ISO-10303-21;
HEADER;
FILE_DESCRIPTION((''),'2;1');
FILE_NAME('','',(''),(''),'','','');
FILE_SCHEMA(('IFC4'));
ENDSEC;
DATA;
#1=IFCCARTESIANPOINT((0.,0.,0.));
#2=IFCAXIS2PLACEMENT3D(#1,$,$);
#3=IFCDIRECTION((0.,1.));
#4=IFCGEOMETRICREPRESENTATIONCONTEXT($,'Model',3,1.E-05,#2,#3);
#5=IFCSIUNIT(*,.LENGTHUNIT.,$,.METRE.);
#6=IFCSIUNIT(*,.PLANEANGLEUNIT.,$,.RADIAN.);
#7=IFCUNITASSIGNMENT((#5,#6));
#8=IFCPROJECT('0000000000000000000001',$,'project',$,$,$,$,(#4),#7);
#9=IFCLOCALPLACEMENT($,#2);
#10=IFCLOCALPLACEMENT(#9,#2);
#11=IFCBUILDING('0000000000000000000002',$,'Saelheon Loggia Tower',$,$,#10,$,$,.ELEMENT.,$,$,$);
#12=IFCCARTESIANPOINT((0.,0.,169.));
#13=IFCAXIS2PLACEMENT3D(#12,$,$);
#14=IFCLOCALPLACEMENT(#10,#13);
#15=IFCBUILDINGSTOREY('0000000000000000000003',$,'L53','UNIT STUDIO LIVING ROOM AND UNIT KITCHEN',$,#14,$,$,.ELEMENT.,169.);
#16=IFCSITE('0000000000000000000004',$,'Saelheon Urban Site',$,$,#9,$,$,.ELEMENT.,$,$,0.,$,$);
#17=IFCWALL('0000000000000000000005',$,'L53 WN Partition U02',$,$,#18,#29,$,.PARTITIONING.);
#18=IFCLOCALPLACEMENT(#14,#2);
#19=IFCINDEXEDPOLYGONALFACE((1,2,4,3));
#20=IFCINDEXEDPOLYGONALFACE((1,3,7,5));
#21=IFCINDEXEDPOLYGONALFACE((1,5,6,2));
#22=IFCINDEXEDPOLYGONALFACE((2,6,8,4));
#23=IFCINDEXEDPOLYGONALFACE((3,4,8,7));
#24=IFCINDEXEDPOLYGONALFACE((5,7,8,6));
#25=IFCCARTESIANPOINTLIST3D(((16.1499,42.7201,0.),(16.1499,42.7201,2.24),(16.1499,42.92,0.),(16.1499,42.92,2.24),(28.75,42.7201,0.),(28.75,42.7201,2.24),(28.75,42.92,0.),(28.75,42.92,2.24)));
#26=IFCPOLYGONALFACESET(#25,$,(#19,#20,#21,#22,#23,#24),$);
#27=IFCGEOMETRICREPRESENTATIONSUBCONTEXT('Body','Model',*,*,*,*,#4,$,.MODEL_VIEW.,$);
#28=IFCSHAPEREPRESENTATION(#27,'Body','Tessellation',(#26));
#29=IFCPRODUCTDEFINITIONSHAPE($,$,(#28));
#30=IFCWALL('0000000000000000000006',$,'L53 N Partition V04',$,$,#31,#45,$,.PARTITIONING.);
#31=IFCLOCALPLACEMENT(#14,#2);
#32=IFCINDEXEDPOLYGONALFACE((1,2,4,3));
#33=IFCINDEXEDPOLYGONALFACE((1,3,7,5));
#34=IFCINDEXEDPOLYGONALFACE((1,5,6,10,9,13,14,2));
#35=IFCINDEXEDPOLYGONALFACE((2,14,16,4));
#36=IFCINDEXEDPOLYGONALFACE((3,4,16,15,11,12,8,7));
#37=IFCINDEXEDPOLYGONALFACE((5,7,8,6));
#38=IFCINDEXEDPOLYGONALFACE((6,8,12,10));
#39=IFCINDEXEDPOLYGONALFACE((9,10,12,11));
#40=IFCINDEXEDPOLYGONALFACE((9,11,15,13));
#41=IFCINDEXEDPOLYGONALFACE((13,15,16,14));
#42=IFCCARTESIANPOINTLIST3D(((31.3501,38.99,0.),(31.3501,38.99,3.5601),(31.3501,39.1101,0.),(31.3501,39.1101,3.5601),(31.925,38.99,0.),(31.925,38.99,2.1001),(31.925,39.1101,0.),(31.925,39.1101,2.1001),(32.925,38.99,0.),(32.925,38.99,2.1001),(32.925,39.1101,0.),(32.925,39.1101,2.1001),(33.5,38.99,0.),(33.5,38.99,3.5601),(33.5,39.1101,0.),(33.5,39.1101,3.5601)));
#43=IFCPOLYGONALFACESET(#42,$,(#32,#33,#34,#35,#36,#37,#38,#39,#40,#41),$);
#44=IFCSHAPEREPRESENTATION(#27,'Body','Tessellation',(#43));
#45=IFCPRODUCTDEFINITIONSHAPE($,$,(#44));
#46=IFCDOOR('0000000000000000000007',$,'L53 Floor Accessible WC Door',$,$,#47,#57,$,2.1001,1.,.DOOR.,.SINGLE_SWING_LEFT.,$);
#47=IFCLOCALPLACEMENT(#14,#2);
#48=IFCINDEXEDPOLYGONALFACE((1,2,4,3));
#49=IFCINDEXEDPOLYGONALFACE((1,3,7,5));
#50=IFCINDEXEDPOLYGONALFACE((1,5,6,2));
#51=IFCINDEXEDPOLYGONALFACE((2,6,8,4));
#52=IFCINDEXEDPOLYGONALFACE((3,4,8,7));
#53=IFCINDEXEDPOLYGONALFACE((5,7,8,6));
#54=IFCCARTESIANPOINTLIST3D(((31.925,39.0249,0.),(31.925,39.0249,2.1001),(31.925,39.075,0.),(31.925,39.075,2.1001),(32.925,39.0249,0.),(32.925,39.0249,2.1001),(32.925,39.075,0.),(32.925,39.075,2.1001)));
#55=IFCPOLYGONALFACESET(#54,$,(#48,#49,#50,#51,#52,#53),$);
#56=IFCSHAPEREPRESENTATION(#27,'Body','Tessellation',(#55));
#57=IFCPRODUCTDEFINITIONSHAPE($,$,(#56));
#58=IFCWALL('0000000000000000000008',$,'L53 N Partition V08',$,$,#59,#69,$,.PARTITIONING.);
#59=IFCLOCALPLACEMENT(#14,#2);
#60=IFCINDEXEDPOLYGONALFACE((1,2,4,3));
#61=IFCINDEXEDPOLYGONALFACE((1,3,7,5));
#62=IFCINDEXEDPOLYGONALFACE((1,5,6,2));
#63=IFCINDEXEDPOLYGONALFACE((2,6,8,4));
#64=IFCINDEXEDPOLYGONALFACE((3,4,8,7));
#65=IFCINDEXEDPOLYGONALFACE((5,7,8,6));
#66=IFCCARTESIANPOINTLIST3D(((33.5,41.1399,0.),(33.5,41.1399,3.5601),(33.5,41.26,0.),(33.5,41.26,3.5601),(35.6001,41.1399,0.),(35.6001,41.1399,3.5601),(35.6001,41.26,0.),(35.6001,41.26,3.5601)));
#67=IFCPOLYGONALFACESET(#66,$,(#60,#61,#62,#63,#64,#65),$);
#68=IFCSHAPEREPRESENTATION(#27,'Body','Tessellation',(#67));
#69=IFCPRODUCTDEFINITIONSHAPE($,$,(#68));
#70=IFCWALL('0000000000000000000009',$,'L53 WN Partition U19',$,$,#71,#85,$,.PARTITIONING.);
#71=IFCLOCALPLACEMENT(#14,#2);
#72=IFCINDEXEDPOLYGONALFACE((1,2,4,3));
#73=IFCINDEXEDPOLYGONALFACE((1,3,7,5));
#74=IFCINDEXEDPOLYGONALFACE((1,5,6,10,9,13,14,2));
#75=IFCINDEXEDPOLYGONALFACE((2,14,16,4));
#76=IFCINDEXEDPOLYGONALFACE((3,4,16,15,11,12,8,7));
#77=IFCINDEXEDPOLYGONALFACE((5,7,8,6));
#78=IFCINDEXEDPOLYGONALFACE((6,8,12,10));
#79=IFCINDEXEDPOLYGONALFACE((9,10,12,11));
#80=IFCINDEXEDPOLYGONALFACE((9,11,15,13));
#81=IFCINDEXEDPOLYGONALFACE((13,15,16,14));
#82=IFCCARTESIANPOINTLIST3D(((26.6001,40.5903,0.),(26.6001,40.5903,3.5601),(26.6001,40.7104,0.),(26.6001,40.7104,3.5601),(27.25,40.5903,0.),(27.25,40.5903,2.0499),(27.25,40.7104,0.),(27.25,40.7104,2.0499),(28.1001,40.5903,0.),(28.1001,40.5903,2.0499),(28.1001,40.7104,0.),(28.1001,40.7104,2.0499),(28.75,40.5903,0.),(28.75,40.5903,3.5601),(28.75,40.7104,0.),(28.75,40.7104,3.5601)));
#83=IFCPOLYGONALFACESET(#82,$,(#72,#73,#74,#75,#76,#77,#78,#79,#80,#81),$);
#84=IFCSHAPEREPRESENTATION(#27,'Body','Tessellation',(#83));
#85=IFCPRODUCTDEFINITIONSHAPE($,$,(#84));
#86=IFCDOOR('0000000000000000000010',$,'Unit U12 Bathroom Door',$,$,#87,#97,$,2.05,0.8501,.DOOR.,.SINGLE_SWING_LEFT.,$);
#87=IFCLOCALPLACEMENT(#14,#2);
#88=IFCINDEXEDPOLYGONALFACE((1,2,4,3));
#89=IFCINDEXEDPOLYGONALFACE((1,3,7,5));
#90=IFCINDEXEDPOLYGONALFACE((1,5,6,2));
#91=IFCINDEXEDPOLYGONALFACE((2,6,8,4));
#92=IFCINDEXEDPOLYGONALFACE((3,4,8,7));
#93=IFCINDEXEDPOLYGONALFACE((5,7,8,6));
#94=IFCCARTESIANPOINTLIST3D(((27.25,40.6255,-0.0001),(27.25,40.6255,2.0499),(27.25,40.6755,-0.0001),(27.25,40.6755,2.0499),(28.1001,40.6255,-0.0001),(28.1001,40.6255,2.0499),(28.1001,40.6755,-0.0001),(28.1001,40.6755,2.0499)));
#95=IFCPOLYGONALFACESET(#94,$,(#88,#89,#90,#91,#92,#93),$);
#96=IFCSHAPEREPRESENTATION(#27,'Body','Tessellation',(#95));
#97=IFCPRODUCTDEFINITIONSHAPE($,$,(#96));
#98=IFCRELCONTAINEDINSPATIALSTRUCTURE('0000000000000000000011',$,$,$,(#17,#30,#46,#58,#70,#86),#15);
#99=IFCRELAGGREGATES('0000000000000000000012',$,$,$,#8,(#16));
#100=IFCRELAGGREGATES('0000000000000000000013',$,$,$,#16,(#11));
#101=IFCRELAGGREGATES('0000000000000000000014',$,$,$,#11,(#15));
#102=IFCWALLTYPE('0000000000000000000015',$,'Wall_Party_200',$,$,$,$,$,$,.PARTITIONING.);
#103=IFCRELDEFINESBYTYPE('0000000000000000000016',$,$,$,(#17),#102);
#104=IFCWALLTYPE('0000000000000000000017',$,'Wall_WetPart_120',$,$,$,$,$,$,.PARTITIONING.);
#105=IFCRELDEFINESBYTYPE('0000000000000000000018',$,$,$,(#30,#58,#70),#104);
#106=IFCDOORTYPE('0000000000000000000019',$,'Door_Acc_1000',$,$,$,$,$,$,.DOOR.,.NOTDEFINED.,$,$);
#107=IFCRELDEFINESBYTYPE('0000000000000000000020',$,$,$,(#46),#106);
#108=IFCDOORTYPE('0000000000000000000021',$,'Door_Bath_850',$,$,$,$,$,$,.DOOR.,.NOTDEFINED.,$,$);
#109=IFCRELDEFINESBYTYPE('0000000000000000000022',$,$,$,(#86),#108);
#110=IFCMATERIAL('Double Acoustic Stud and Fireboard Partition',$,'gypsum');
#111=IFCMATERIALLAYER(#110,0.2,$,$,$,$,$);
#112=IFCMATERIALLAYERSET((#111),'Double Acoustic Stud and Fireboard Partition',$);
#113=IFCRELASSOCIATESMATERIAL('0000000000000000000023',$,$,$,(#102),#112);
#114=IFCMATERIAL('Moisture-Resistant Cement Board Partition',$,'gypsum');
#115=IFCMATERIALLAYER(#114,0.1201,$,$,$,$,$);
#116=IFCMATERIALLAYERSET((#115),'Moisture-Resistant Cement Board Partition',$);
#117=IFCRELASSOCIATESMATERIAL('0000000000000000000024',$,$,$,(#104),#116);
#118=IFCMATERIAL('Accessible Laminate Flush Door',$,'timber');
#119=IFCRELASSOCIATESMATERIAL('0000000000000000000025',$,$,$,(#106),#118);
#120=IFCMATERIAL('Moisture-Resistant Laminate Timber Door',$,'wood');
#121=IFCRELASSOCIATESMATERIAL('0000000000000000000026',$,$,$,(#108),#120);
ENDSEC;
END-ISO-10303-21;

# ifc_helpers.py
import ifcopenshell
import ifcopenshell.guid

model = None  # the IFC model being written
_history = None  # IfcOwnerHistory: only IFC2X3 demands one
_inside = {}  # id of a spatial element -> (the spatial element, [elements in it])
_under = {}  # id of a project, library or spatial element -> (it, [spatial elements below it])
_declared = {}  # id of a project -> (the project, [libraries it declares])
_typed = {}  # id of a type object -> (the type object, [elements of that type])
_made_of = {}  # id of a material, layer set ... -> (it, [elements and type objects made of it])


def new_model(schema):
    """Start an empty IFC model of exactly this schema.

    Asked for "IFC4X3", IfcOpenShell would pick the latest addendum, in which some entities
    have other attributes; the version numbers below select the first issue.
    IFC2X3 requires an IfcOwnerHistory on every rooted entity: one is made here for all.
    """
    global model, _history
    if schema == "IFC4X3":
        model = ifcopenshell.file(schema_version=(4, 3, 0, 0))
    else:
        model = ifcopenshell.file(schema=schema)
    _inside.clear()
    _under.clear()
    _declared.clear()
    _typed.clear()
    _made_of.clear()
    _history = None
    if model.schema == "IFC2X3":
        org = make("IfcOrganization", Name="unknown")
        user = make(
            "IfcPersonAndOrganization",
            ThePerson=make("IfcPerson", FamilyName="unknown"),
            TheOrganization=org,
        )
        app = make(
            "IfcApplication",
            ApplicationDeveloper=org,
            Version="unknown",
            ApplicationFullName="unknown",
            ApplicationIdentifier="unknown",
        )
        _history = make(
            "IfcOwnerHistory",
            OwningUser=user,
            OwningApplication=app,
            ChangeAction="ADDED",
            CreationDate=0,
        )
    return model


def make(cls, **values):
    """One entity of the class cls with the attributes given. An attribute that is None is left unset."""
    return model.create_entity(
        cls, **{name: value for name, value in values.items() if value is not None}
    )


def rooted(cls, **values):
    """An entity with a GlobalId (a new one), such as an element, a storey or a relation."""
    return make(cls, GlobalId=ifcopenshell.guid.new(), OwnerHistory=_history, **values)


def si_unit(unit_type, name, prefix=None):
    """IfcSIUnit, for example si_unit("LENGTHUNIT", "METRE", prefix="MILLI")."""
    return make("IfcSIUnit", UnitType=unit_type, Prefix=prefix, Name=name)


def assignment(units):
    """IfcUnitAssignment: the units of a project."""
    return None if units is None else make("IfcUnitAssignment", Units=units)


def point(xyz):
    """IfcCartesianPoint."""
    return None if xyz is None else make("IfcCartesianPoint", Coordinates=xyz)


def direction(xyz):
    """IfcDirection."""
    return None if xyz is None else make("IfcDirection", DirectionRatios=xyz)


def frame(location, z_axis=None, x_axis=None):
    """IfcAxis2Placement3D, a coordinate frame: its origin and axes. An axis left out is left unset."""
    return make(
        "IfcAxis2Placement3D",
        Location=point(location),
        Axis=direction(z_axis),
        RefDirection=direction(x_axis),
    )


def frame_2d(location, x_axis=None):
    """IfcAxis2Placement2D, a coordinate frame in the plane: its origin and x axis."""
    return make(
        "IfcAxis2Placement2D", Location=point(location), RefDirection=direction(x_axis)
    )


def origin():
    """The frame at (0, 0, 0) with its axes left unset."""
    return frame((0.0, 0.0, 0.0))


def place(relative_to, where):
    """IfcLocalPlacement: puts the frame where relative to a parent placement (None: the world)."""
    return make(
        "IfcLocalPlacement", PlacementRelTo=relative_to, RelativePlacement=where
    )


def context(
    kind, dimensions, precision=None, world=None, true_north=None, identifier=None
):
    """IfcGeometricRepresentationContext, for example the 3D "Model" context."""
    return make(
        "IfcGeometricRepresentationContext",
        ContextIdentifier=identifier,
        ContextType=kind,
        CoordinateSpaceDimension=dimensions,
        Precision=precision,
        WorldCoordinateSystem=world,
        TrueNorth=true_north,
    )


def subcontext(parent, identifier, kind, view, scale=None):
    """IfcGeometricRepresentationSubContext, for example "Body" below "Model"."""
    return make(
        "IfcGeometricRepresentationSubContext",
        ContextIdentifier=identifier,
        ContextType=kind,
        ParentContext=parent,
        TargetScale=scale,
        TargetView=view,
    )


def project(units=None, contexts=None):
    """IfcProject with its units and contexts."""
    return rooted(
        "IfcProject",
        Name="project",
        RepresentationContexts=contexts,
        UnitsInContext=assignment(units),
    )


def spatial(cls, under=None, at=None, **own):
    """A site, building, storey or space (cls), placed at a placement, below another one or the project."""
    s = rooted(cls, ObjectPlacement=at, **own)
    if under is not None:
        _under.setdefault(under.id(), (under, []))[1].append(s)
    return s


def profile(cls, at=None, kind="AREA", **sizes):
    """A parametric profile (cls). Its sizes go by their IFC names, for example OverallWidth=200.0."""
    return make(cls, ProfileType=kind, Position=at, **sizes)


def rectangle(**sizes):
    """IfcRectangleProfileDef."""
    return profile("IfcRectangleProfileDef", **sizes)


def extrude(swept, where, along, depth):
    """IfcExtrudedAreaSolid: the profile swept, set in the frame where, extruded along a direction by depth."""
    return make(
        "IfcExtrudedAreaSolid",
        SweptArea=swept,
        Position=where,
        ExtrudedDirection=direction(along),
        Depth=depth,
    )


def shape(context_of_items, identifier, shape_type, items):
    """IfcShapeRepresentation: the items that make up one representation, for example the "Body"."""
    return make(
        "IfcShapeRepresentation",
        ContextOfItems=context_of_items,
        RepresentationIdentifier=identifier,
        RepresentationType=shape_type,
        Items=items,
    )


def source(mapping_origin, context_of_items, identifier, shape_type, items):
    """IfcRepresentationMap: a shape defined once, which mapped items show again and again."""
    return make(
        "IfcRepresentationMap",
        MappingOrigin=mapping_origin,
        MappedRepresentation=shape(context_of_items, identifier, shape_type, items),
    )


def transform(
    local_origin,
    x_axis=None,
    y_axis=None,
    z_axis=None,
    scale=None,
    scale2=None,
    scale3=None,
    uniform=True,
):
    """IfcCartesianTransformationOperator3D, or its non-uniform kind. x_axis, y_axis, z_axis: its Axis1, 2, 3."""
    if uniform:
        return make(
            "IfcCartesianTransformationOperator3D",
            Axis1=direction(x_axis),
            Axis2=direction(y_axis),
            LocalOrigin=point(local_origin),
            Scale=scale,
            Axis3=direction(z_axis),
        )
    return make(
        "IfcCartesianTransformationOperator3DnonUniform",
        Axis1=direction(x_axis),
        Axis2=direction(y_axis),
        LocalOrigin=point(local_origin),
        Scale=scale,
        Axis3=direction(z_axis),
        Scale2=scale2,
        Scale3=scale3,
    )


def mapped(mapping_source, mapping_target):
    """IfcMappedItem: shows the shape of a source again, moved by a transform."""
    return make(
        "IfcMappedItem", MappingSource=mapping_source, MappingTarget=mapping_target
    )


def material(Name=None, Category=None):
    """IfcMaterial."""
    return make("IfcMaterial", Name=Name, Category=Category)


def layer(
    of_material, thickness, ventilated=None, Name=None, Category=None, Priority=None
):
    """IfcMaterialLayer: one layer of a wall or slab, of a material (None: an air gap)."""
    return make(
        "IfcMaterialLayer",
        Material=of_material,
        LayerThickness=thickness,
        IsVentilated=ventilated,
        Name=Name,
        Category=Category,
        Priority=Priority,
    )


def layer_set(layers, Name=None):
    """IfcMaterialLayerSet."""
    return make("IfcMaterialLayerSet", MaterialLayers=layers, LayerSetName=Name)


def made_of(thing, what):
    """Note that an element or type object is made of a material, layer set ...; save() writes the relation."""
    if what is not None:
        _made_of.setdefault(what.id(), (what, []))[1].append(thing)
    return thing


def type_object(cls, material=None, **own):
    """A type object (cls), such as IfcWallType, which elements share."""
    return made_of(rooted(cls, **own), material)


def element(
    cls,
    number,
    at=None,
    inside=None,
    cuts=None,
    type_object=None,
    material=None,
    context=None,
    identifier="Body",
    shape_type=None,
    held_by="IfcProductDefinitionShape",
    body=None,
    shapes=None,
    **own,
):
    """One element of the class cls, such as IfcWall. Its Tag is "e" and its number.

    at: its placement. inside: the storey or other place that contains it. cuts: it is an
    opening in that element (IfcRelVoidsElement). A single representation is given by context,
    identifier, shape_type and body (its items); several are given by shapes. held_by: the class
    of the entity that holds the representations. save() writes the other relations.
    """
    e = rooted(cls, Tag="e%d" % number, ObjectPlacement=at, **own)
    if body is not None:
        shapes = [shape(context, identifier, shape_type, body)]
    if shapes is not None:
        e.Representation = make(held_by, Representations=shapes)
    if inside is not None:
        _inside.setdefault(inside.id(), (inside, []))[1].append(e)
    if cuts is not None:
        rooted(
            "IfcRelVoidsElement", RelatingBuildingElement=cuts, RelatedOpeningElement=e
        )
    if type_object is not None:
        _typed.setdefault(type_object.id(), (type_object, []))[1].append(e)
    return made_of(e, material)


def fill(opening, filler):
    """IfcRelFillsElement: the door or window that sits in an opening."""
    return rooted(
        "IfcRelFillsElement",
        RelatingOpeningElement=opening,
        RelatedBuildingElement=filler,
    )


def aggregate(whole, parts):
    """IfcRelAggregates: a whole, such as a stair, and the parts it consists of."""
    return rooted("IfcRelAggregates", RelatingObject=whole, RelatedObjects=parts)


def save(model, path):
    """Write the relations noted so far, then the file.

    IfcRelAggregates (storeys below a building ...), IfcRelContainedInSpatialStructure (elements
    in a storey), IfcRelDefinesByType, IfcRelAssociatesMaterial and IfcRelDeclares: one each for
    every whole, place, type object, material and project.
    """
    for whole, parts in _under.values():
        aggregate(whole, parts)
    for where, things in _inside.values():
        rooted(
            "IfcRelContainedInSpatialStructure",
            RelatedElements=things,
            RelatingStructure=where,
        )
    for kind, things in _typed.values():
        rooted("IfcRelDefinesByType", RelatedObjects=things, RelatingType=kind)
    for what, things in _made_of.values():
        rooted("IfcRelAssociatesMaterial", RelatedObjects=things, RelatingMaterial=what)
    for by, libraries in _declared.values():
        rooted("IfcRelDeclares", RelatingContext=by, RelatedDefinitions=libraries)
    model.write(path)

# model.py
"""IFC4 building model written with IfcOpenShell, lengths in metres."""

from ifc_helpers import new_model, si_unit, direction, frame, frame_2d, origin, place, context, subcontext, project, spatial, rectangle, extrude, source, transform, mapped, material, layer, layer_set, type_object, element, fill, save


model = new_model("IFC4")

# Units and contexts
model_context = context("Model", 3, precision=1e-05, world=origin(), true_north=direction((0.0, 1.0)))
body_context = subcontext(model_context, "Body", "Model", "MODEL_VIEW")
ifc_project = project(units=[si_unit("LENGTHUNIT", "METRE"), si_unit("PLANEANGLEUNIT", "RADIAN")], contexts=[model_context])

# Site, building, storey
site_placement = place(None, origin())
site = spatial("IfcSite", under=ifc_project, at=site_placement, Name="Saelheon Urban Site", CompositionType="ELEMENT", RefElevation=0.0)
building_placement = place(site_placement, origin())
building = spatial("IfcBuilding", under=site, at=building_placement, Name="Saelheon Loggia Tower", CompositionType="ELEMENT")
storey_placement = place(building_placement, frame((0.0, 0.0, 169.0)))
storey = spatial("IfcBuildingStorey", under=building, at=storey_placement, Name="L53", Description="UNIT STUDIO LIVING ROOM AND UNIT KITCHEN", CompositionType="ELEMENT", Elevation=169.0)

# Wall
ifc_material_1 = material(Name="Double Acoustic Stud and Fireboard Partition", Category="gypsum")
ifc_layer_1 = layer(ifc_material_1, 0.2)
ifc_layer_set_1 = layer_set([ifc_layer_1], Name="Double Acoustic Stud and Fireboard Partition")
wall_type_1 = type_object("IfcWallType", Name="Wall_Party_200", PredefinedType="PARTITIONING", material=ifc_layer_set_1)
wall_1_placement = place(storey_placement, frame((28.75, 42.8201, 0.0), z_axis=(0.0, 0.0, 1.0), x_axis=(-1.0, 0.0, 0.0)))
element("IfcWall", 1, at=wall_1_placement, inside=storey, type_object=wall_type_1, Name="L53 WN Partition U02", PredefinedType="PARTITIONING", context=body_context, shape_type="SweptSolid", body=[
    extrude(rectangle(XDim=12.6001, YDim=0.2, at=frame_2d((6.3, 0.0))), origin(), (0.0, 0.0, 1.0), 2.24),
])

# Wall, opening, door
ifc_material_2 = material(Name="Moisture-Resistant Cement Board Partition", Category="gypsum")
ifc_layer_2 = layer(ifc_material_2, 0.1201)
ifc_layer_set_2 = layer_set([ifc_layer_2], Name="Moisture-Resistant Cement Board Partition")
wall_type_2 = type_object("IfcWallType", Name="Wall_WetPart_120", PredefinedType="PARTITIONING", material=ifc_layer_set_2)
wall_2_placement = place(storey_placement, frame((31.3501, 39.05, 0.0), z_axis=(0.0, 0.0, 1.0), x_axis=(1.0, 0.0, 0.0)))
wall_2 = element("IfcWall", 2, at=wall_2_placement, inside=storey, type_object=wall_type_2, Name="L53 N Partition V04", PredefinedType="PARTITIONING", context=body_context, shape_type="SweptSolid", body=[
    extrude(rectangle(XDim=2.1499, YDim=0.1201, at=frame_2d((1.075, 0.0))), origin(), (0.0, 0.0, 1.0), 3.5601),
])
opening_1_placement = place(wall_2_placement, frame((0.575, 0.0, 0.0)))
opening_1 = element("IfcOpeningElement", 3, at=opening_1_placement, cuts=wall_2, PredefinedType="OPENING", context=body_context, shape_type="SweptSolid", body=[
    extrude(rectangle(XDim=1.0, YDim=2.1001, at=frame_2d((0.5, 1.05))), frame((0.0, 0.072, 0.0), z_axis=(0.0, -1.0, 0.0), x_axis=(1.0, 0.0, 0.0)), (0.0, 0.0, 1.0), 0.144),
])
ifc_material_3 = material(Name="Accessible Laminate Flush Door", Category="timber")
door_type_1 = type_object("IfcDoorType", Name="Door_Acc_1000", OperationType="NOTDEFINED", PredefinedType="DOOR", material=ifc_material_3)
shared_shape_1 = source(origin(), body_context, "Body", "SweptSolid", [
    extrude(rectangle(XDim=1.0, YDim=2.1001, at=frame_2d((0.5, 1.05))), frame((0.0, 0.0249, 0.0), z_axis=(0.0, -1.0, 0.0), x_axis=(1.0, 0.0, 0.0)), (0.0, 0.0, 1.0), 0.05),
])
door_1_placement = place(opening_1_placement, origin())
door_1 = element("IfcDoor", 4, at=door_1_placement, inside=storey, type_object=door_type_1, Name="L53 Floor Accessible WC Door", OperationType="SINGLE_SWING_LEFT", OverallHeight=2.1001, OverallWidth=1.0, PredefinedType="DOOR", context=body_context, shape_type="MappedRepresentation", body=[
    mapped(shared_shape_1, transform((0.0, 0.0, 0.0), scale=1.0)),
])
fill(opening_1, door_1)

# Wall
wall_3_placement = place(storey_placement, frame((33.5, 41.2, 0.0), z_axis=(0.0, 0.0, 1.0), x_axis=(1.0, 0.0, 0.0)))
element("IfcWall", 5, at=wall_3_placement, inside=storey, type_object=wall_type_2, Name="L53 N Partition V08", PredefinedType="PARTITIONING", context=body_context, shape_type="SweptSolid", body=[
    extrude(rectangle(XDim=2.1001, YDim=0.1201, at=frame_2d((1.05, 0.0))), origin(), (0.0, 0.0, 1.0), 3.5601),
])

# Wall, opening, door
wall_4_placement = place(storey_placement, frame((28.75, 40.6504, 0.0), z_axis=(0.0, 0.0, 1.0), x_axis=(-1.0, 0.0, 0.0)))
wall_4 = element("IfcWall", 6, at=wall_4_placement, inside=storey, type_object=wall_type_2, Name="L53 WN Partition U19", PredefinedType="PARTITIONING", context=body_context, shape_type="SweptSolid", body=[
    extrude(rectangle(XDim=2.1499, YDim=0.1201, at=frame_2d((1.075, 0.0))), origin(), (0.0, 0.0, 1.0), 3.5601),
])
opening_2_placement = place(wall_4_placement, frame((0.6499, 0.0, 0.0)))
opening_2 = element("IfcOpeningElement", 7, at=opening_2_placement, cuts=wall_4, PredefinedType="OPENING", context=body_context, shape_type="SweptSolid", body=[
    extrude(rectangle(XDim=0.8501, YDim=2.05, at=frame_2d((0.425, 1.0249))), frame((0.0, 0.072, 0.0), z_axis=(0.0, -1.0, 0.0), x_axis=(1.0, 0.0, 0.0)), (0.0, 0.0, 1.0), 0.144),
])
ifc_material_4 = material(Name="Moisture-Resistant Laminate Timber Door", Category="wood")
door_type_2 = type_object("IfcDoorType", Name="Door_Bath_850", OperationType="NOTDEFINED", PredefinedType="DOOR", material=ifc_material_4)
shared_shape_2 = source(origin(), body_context, "Body", "SweptSolid", [
    extrude(rectangle(XDim=0.8501, YDim=2.05, at=frame_2d((0.425, 1.0249))), frame((0.0, 0.0249, 0.0), z_axis=(0.0, -1.0, 0.0), x_axis=(1.0, 0.0, 0.0)), (0.0, 0.0, 1.0), 0.05),
])
door_2_placement = place(opening_2_placement, origin())
door_2 = element("IfcDoor", 8, at=door_2_placement, inside=storey, type_object=door_type_2, Name="Unit U12 Bathroom Door", OperationType="SINGLE_SWING_LEFT", OverallHeight=2.05, OverallWidth=0.8501, PredefinedType="DOOR", context=body_context, shape_type="MappedRepresentation", body=[
    mapped(shared_shape_2, transform((0.0, 0.0, 0.0), scale=1.0)),
])
fill(opening_2, door_2)

save(model, "model.ifc")
